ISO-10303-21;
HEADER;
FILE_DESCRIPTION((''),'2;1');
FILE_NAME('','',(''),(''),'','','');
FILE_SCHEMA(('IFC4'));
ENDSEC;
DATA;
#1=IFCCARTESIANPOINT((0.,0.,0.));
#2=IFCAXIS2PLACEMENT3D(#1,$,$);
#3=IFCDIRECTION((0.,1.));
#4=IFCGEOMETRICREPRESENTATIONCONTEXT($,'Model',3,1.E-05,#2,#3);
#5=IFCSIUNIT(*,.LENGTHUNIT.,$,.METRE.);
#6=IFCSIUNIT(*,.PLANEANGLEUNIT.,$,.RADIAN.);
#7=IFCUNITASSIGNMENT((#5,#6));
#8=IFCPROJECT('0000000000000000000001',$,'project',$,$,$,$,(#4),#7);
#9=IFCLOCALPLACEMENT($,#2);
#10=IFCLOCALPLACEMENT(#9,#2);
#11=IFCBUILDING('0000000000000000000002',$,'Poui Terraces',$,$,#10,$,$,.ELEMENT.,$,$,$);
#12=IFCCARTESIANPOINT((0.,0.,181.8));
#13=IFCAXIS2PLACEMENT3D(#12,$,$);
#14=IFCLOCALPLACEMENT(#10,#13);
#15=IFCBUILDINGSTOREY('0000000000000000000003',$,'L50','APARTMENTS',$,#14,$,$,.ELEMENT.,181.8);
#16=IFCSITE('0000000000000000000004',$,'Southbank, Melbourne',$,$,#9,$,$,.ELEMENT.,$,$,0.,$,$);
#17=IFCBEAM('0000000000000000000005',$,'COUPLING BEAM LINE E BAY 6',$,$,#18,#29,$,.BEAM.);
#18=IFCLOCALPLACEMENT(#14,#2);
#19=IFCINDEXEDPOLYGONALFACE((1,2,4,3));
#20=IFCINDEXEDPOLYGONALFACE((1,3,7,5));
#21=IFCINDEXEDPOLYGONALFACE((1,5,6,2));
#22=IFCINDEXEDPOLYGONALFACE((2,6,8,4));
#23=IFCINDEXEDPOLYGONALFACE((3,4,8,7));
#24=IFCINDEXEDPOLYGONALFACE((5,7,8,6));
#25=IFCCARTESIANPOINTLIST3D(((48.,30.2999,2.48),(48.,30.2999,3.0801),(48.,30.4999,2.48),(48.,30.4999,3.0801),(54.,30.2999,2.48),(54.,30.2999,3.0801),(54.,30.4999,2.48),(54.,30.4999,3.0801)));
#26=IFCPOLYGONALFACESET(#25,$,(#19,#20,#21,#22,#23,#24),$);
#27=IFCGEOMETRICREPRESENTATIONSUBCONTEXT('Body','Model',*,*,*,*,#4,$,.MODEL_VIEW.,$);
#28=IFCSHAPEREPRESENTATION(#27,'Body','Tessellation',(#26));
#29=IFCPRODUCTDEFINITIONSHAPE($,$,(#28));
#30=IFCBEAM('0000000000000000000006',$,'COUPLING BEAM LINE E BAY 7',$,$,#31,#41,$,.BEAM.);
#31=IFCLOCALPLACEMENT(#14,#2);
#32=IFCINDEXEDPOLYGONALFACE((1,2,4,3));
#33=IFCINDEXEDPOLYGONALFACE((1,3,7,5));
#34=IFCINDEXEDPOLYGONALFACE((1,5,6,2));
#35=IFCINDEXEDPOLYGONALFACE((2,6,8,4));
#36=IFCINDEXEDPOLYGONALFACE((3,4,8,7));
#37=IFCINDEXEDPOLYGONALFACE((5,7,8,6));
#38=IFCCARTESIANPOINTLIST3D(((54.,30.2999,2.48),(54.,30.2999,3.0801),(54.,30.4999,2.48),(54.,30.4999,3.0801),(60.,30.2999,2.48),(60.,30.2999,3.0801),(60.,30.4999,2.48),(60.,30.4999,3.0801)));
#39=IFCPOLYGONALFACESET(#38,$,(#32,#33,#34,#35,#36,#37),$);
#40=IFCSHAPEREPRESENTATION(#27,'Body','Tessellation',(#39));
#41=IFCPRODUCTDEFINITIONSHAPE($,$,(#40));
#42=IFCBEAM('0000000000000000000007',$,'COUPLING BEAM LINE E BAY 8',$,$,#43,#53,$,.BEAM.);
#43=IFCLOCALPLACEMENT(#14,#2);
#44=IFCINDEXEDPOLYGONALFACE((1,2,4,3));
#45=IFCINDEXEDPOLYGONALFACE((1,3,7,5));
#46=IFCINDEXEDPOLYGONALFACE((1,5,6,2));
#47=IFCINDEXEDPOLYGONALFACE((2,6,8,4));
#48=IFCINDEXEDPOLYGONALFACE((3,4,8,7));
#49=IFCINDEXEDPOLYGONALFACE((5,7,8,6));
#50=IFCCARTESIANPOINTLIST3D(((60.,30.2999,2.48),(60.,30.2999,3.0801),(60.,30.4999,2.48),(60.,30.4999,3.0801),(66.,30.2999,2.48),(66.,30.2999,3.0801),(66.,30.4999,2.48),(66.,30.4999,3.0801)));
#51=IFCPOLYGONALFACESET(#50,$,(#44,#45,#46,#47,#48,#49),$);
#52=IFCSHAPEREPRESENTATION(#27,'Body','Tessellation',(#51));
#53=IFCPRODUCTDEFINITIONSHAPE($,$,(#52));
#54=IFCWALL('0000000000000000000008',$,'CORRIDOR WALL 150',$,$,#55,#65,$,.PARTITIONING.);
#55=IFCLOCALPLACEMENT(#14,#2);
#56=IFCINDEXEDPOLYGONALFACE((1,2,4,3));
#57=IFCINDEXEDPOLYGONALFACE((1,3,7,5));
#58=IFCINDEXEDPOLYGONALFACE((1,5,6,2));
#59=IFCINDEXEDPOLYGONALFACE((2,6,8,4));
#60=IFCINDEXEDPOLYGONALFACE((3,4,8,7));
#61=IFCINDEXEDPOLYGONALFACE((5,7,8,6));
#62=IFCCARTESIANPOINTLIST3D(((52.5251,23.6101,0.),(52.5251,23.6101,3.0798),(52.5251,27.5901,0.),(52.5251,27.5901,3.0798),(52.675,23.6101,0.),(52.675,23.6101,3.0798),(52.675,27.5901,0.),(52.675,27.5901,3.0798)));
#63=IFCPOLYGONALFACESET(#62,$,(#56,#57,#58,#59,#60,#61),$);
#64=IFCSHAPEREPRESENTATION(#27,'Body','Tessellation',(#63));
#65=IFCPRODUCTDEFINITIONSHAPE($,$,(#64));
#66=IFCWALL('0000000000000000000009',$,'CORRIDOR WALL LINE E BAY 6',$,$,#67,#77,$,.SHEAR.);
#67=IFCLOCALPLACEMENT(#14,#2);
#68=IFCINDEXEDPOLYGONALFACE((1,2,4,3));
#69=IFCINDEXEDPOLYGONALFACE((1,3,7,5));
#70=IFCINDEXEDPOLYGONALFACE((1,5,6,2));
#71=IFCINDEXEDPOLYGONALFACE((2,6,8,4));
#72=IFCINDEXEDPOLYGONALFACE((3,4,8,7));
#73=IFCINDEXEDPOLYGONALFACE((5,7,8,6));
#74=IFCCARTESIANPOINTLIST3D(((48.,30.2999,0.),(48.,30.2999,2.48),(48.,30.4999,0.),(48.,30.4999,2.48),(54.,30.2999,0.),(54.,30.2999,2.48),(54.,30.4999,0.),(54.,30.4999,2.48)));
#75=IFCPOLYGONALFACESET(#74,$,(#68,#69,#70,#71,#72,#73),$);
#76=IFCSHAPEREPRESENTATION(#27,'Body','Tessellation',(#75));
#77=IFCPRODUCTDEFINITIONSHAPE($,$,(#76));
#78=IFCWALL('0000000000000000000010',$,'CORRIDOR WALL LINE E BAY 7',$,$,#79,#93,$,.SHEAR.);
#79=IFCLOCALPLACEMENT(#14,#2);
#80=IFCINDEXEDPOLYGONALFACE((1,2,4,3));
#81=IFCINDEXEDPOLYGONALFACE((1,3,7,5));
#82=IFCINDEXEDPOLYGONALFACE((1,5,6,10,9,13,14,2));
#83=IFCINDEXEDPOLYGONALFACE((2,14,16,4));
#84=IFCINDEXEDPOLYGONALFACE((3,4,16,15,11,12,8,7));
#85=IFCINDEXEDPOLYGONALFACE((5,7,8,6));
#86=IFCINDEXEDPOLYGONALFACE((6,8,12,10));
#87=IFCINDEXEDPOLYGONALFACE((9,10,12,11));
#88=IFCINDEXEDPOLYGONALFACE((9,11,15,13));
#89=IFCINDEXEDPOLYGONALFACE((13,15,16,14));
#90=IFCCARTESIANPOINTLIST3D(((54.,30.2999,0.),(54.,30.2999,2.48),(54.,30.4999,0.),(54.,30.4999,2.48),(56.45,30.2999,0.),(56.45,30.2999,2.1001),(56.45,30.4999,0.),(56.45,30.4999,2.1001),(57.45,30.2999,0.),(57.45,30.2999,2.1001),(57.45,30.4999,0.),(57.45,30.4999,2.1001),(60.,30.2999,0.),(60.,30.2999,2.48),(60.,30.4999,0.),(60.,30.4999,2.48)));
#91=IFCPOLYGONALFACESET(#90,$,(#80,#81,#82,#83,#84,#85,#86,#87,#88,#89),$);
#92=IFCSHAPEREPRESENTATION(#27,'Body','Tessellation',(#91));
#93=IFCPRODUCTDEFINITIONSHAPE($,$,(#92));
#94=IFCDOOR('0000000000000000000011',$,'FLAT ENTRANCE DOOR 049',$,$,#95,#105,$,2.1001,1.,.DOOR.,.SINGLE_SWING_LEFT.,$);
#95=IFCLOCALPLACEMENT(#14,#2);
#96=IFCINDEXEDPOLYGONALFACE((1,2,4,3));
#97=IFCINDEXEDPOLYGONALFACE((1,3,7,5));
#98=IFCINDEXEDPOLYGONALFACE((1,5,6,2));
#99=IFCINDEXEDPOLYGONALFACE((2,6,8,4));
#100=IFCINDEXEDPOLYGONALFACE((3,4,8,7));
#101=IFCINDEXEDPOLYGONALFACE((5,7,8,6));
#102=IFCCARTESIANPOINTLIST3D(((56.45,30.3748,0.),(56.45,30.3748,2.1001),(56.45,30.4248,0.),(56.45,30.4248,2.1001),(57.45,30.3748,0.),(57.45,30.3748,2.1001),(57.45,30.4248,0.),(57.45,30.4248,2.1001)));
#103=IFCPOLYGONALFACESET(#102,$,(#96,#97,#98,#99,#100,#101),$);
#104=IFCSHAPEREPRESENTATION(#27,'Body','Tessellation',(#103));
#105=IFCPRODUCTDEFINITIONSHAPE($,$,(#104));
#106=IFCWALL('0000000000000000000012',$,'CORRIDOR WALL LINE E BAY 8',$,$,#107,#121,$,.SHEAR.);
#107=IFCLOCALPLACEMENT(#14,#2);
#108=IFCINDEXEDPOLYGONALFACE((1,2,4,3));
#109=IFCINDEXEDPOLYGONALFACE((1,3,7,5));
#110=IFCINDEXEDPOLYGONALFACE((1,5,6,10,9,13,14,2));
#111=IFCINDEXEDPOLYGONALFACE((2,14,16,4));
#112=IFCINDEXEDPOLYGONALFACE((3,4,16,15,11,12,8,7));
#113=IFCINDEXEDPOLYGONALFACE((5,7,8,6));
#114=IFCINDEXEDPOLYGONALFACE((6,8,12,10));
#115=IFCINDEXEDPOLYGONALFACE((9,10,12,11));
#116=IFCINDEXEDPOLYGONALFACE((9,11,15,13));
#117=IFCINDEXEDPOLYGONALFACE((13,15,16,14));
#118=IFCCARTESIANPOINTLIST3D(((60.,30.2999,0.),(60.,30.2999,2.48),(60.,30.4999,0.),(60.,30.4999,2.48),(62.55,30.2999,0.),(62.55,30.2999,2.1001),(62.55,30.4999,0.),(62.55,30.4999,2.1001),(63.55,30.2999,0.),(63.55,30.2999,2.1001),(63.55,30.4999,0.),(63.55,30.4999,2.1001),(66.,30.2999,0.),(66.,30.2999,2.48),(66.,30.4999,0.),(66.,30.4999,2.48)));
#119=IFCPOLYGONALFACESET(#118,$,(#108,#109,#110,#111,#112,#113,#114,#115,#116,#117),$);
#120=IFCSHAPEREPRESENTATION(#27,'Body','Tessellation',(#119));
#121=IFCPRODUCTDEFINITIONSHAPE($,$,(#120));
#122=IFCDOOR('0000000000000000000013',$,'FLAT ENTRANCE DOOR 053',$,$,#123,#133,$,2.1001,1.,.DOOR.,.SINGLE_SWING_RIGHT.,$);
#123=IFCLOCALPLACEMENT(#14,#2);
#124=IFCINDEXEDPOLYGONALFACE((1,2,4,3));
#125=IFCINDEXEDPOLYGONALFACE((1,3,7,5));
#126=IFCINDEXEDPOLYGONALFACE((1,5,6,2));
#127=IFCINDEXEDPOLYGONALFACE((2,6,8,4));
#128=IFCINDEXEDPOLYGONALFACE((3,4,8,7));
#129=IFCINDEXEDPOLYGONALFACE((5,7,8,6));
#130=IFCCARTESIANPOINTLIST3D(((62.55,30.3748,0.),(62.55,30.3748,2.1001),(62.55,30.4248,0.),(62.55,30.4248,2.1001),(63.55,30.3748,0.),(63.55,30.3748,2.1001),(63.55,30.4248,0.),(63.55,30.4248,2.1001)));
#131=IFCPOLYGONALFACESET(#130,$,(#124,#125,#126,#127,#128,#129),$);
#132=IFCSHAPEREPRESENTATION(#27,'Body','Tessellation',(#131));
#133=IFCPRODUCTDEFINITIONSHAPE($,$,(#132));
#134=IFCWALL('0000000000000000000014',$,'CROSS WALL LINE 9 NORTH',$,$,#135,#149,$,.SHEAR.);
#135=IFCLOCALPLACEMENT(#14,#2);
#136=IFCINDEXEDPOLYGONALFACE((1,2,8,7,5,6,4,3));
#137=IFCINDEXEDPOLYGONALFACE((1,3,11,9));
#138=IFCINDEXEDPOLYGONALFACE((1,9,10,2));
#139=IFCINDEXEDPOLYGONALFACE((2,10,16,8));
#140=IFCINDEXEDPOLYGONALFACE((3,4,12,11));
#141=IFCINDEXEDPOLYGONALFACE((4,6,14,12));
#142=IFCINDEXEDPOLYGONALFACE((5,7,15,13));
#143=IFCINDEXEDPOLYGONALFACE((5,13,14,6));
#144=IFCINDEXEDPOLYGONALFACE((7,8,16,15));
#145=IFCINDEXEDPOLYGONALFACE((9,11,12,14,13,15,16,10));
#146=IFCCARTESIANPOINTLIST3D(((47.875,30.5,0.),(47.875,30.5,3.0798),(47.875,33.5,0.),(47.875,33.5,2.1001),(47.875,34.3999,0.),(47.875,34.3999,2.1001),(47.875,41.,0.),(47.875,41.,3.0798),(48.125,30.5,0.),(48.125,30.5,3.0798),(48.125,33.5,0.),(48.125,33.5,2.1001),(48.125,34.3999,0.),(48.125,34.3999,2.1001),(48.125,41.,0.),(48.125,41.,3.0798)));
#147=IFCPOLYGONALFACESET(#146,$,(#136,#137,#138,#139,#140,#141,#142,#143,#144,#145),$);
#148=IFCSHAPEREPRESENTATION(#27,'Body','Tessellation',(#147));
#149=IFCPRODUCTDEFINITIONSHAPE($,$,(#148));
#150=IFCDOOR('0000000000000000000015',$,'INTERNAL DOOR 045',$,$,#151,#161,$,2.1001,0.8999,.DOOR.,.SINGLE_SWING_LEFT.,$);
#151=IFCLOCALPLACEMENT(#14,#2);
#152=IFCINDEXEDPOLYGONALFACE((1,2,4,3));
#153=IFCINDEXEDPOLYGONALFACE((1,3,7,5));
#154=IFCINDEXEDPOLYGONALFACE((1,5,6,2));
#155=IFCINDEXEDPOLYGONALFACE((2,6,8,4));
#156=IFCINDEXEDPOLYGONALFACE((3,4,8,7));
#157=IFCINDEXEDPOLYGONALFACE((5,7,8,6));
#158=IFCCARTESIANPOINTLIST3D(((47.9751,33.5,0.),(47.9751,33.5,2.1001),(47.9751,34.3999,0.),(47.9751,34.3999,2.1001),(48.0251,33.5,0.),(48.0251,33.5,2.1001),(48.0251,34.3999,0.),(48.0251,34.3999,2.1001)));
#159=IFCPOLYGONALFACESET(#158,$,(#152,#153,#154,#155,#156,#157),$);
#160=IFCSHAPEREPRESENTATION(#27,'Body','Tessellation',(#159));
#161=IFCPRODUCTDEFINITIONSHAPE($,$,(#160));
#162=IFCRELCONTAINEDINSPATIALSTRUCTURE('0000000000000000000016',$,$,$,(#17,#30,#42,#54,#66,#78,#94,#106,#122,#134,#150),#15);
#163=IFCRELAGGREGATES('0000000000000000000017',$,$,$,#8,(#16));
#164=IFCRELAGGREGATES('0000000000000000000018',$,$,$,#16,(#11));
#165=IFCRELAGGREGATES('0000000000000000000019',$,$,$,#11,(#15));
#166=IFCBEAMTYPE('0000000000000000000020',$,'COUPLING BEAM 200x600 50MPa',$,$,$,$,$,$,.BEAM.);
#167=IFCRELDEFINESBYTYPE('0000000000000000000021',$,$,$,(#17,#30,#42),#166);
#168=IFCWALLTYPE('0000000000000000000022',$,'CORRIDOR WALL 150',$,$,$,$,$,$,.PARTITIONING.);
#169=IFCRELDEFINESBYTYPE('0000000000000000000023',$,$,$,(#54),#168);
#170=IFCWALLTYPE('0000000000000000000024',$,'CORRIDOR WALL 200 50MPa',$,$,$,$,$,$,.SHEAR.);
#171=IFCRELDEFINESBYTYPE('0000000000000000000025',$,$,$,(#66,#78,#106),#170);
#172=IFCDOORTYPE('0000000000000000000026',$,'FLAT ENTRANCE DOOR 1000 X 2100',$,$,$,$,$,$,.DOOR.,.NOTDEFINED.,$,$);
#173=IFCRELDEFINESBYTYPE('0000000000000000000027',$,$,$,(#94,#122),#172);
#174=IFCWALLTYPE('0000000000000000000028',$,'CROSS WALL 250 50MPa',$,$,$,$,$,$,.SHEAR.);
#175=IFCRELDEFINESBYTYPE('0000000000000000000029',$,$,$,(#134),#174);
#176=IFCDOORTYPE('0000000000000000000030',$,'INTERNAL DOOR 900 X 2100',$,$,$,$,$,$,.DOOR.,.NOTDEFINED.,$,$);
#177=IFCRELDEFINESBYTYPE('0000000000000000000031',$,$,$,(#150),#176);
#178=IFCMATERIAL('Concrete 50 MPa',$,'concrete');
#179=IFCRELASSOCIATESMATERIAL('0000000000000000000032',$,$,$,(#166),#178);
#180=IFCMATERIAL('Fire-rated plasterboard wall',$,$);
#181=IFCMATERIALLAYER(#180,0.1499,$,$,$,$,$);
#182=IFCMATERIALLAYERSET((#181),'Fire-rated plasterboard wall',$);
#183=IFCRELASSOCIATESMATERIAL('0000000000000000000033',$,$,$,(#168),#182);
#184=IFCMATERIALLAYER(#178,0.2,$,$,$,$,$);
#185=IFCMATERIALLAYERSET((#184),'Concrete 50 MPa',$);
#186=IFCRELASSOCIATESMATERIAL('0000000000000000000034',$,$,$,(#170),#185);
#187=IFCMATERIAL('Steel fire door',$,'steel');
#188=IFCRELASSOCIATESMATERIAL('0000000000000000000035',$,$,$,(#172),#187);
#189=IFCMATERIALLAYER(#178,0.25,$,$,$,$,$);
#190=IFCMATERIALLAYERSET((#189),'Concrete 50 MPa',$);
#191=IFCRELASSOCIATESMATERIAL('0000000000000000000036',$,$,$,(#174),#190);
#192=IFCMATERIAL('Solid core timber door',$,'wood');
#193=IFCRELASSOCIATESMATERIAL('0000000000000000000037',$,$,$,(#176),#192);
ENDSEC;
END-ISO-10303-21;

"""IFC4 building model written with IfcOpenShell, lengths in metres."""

from ifc_helpers import new_model, si_unit, direction, frame, frame_2d, origin, origin_2d, place, context, subcontext, project, spatial, rectangle, extrude, source, transform, mapped, material, layer, layer_set, material_profile, profile_set, type_object, element, fill, save


model = new_model("IFC4")

# Units and contexts
model_context = context("Model", 3, precision=1e-05, world=origin(), true_north=direction((0.0, 1.0)))
body_context = subcontext(model_context, "Body", "Model", "MODEL_VIEW")
ifc_project = project(units=[si_unit("LENGTHUNIT", "METRE"), si_unit("PLANEANGLEUNIT", "RADIAN")], contexts=[model_context])

# Site, building, storey
site_placement = place(None, origin())
site = spatial("IfcSite", under=ifc_project, at=site_placement, Name="Southbank, Melbourne", CompositionType="ELEMENT", RefElevation=0.0)
building_placement = place(site_placement, origin())
building = spatial("IfcBuilding", under=site, at=building_placement, Name="Poui Terraces", CompositionType="ELEMENT")
storey_placement = place(building_placement, frame((0.0, 0.0, 181.8)))
storey = spatial("IfcBuildingStorey", under=building, at=storey_placement, Name="L50", Description="APARTMENTS", CompositionType="ELEMENT", Elevation=181.8)

# Beams
ifc_material_1 = material(Name="Concrete 50 MPa", Category="concrete")
ifc_material_profile = material_profile(ifc_material_1, rectangle(XDim=0.2, YDim=0.6001, at=origin_2d()), Name="RC 200x600")
ifc_profile_set = profile_set([ifc_material_profile], Name="Concrete 50 MPa")
beam_type = type_object("IfcBeamType", Name="COUPLING BEAM 200x600 50MPa", PredefinedType="BEAM", material=ifc_profile_set)
shared_shape = source(origin(), body_context, "Body", "SweptSolid", [
    extrude(rectangle(XDim=0.2, YDim=0.6001, at=origin_2d()), origin(), (0.0, 0.0, 1.0), 6.0),
])
for number, where, z_axis, x_axis, name in (
    (1, (48.0, 30.3999, 2.78), (1.0, 0.0, 0.0), (0.0, 1.0, 0.0), "COUPLING BEAM LINE E BAY 6"),
    (2, (54.0, 30.3999, 2.78), (1.0, 0.0, 0.0), (0.0, 1.0, 0.0), "COUPLING BEAM LINE E BAY 7"),
    (3, (60.0, 30.3999, 2.78), (1.0, 0.0, 0.0), (0.0, 1.0, 0.0), "COUPLING BEAM LINE E BAY 8"),
):
    element("IfcBeam", number, at=place(storey_placement, frame(where, z_axis=z_axis, x_axis=x_axis)), inside=storey, type_object=beam_type, Name=name, PredefinedType="BEAM", context=body_context, shape_type="MappedRepresentation", body=[
        mapped(shared_shape, transform((0.0, 0.0, 0.0))),
    ])

# Walls
ifc_material_2 = material(Name="Fire-rated plasterboard wall")
ifc_layer_1 = layer(ifc_material_2, 0.1499)
ifc_layer_set_1 = layer_set([ifc_layer_1], Name="Fire-rated plasterboard wall")
wall_type_1 = type_object("IfcWallType", Name="CORRIDOR WALL 150", PredefinedType="PARTITIONING", material=ifc_layer_set_1)
wall_1_placement = place(storey_placement, frame((52.6001, 23.6101, 0.0), z_axis=(0.0, 0.0, 1.0), x_axis=(0.0, 1.0, 0.0)))
element("IfcWall", 4, at=wall_1_placement, inside=storey, type_object=wall_type_1, Name="CORRIDOR WALL 150", PredefinedType="PARTITIONING", context=body_context, shape_type="SweptSolid", body=[
    extrude(rectangle(XDim=3.98, YDim=0.1499, at=frame_2d((1.99, 0.0))), origin(), (0.0, 0.0, 1.0), 3.0798),
])
ifc_layer_2 = layer(ifc_material_1, 0.2)
ifc_layer_set_2 = layer_set([ifc_layer_2], Name="Concrete 50 MPa")
wall_type_2 = type_object("IfcWallType", Name="CORRIDOR WALL 200 50MPa", PredefinedType="SHEAR", material=ifc_layer_set_2)
wall_2_placement = place(storey_placement, frame((48.0, 30.3999, 0.0), z_axis=(0.0, 0.0, 1.0), x_axis=(1.0, 0.0, 0.0)))
element("IfcWall", 5, at=wall_2_placement, inside=storey, type_object=wall_type_2, Name="CORRIDOR WALL LINE E BAY 6", PredefinedType="SHEAR", context=body_context, shape_type="SweptSolid", body=[
    extrude(rectangle(XDim=6.0, YDim=0.2, at=frame_2d((3.0, 0.0))), origin(), (0.0, 0.0, 1.0), 2.48),
])

# Walls, openings, doors
wall_3_placement = place(storey_placement, frame((54.0, 30.3999, 0.0), z_axis=(0.0, 0.0, 1.0), x_axis=(1.0, 0.0, 0.0)))
wall_3 = element("IfcWall", 6, at=wall_3_placement, inside=storey, type_object=wall_type_2, Name="CORRIDOR WALL LINE E BAY 7", PredefinedType="SHEAR", context=body_context, shape_type="SweptSolid", body=[
    extrude(rectangle(XDim=6.0, YDim=0.2, at=frame_2d((3.0, 0.0))), origin(), (0.0, 0.0, 1.0), 2.48),
])
opening_1_placement = place(wall_3_placement, frame((2.45, 0.0, 0.0)))
opening_1 = element("IfcOpeningElement", 7, at=opening_1_placement, cuts=wall_3, PredefinedType="OPENING", context=body_context, shape_type="SweptSolid", body=[
    extrude(rectangle(XDim=1.0, YDim=2.1001, at=frame_2d((0.5, 1.05))), frame((0.0, 0.1099, 0.0), z_axis=(0.0, -1.0, 0.0), x_axis=(1.0, 0.0, 0.0)), (0.0, 0.0, 1.0), 0.22),
])
ifc_material_3 = material(Name="Steel fire door", Category="steel")
door_type_1 = type_object("IfcDoorType", Name="FLAT ENTRANCE DOOR 1000 X 2100", OperationType="NOTDEFINED", PredefinedType="DOOR", material=ifc_material_3)
door_1_placement = place(opening_1_placement, origin())
door_1 = element("IfcDoor", 8, at=door_1_placement, inside=storey, type_object=door_type_1, Name="FLAT ENTRANCE DOOR 049", OperationType="SINGLE_SWING_LEFT", OverallHeight=2.1001, OverallWidth=1.0, PredefinedType="DOOR", context=body_context, shape_type="SweptSolid", body=[
    extrude(rectangle(XDim=1.0, YDim=2.1001, at=frame_2d((0.5, 1.05))), frame((0.0, 0.0249, 0.0), z_axis=(0.0, -1.0, 0.0), x_axis=(1.0, 0.0, 0.0)), (0.0, 0.0, 1.0), 0.05),
])
fill(opening_1, door_1)
wall_4_placement = place(storey_placement, frame((60.0, 30.3999, 0.0), z_axis=(0.0, 0.0, 1.0), x_axis=(1.0, 0.0, 0.0)))
wall_4 = element("IfcWall", 9, at=wall_4_placement, inside=storey, type_object=wall_type_2, Name="CORRIDOR WALL LINE E BAY 8", PredefinedType="SHEAR", context=body_context, shape_type="SweptSolid", body=[
    extrude(rectangle(XDim=6.0, YDim=0.2, at=frame_2d((3.0, 0.0))), origin(), (0.0, 0.0, 1.0), 2.48),
])
opening_2_placement = place(wall_4_placement, frame((2.55, 0.0, 0.0)))
opening_2 = element("IfcOpeningElement", 10, at=opening_2_placement, cuts=wall_4, PredefinedType="OPENING", context=body_context, shape_type="SweptSolid", body=[
    extrude(rectangle(XDim=1.0, YDim=2.1001, at=frame_2d((0.5, 1.05))), frame((0.0, 0.1099, 0.0), z_axis=(0.0, -1.0, 0.0), x_axis=(1.0, 0.0, 0.0)), (0.0, 0.0, 1.0), 0.22),
])
door_2_placement = place(opening_2_placement, origin())
door_2 = element("IfcDoor", 11, at=door_2_placement, inside=storey, type_object=door_type_1, Name="FLAT ENTRANCE DOOR 053", OperationType="SINGLE_SWING_RIGHT", OverallHeight=2.1001, OverallWidth=1.0, PredefinedType="DOOR", context=body_context, shape_type="SweptSolid", body=[
    extrude(rectangle(XDim=1.0, YDim=2.1001, at=frame_2d((0.5, 1.05))), frame((0.0, 0.0249, 0.0), z_axis=(0.0, -1.0, 0.0), x_axis=(1.0, 0.0, 0.0)), (0.0, 0.0, 1.0), 0.05),
])
fill(opening_2, door_2)
ifc_layer_3 = layer(ifc_material_1, 0.25)
ifc_layer_set_3 = layer_set([ifc_layer_3], Name="Concrete 50 MPa")
wall_type_3 = type_object("IfcWallType", Name="CROSS WALL 250 50MPa", PredefinedType="SHEAR", material=ifc_layer_set_3)
wall_5_placement = place(storey_placement, frame((48.0, 30.5, 0.0), z_axis=(0.0, 0.0, 1.0), x_axis=(0.0, 1.0, 0.0)))
wall_5 = element("IfcWall", 12, at=wall_5_placement, inside=storey, type_object=wall_type_3, Name="CROSS WALL LINE 9 NORTH", PredefinedType="SHEAR", context=body_context, shape_type="SweptSolid", body=[
    extrude(rectangle(XDim=10.5, YDim=0.25, at=frame_2d((5.25, 0.0))), origin(), (0.0, 0.0, 1.0), 3.0798),
])
opening_3_placement = place(wall_5_placement, frame((3.0, 0.0, 0.0)))
opening_3 = element("IfcOpeningElement", 13, at=opening_3_placement, cuts=wall_5, PredefinedType="OPENING", context=body_context, shape_type="SweptSolid", body=[
    extrude(rectangle(XDim=0.8999, YDim=2.1001, at=frame_2d((0.45, 1.05))), frame((0.0, 0.135, 0.0), z_axis=(0.0, -1.0, 0.0), x_axis=(1.0, 0.0, 0.0)), (0.0, 0.0, 1.0), 0.27),
])
ifc_material_4 = material(Name="Solid core timber door", Category="wood")
door_type_2 = type_object("IfcDoorType", Name="INTERNAL DOOR 900 X 2100", OperationType="NOTDEFINED", PredefinedType="DOOR", material=ifc_material_4)
door_3_placement = place(opening_3_placement, origin())
door_3 = element("IfcDoor", 14, at=door_3_placement, inside=storey, type_object=door_type_2, Name="INTERNAL DOOR 045", OperationType="SINGLE_SWING_LEFT", OverallHeight=2.1001, OverallWidth=0.8999, PredefinedType="DOOR", context=body_context, shape_type="SweptSolid", body=[
    extrude(rectangle(XDim=0.8999, YDim=2.1001, at=frame_2d((0.45, 1.05))), frame((0.0, 0.0249, 0.0), z_axis=(0.0, -1.0, 0.0), x_axis=(1.0, 0.0, 0.0)), (0.0, 0.0, 1.0), 0.05),
])
fill(opening_3, door_3)

save(model, "model.ifc")
